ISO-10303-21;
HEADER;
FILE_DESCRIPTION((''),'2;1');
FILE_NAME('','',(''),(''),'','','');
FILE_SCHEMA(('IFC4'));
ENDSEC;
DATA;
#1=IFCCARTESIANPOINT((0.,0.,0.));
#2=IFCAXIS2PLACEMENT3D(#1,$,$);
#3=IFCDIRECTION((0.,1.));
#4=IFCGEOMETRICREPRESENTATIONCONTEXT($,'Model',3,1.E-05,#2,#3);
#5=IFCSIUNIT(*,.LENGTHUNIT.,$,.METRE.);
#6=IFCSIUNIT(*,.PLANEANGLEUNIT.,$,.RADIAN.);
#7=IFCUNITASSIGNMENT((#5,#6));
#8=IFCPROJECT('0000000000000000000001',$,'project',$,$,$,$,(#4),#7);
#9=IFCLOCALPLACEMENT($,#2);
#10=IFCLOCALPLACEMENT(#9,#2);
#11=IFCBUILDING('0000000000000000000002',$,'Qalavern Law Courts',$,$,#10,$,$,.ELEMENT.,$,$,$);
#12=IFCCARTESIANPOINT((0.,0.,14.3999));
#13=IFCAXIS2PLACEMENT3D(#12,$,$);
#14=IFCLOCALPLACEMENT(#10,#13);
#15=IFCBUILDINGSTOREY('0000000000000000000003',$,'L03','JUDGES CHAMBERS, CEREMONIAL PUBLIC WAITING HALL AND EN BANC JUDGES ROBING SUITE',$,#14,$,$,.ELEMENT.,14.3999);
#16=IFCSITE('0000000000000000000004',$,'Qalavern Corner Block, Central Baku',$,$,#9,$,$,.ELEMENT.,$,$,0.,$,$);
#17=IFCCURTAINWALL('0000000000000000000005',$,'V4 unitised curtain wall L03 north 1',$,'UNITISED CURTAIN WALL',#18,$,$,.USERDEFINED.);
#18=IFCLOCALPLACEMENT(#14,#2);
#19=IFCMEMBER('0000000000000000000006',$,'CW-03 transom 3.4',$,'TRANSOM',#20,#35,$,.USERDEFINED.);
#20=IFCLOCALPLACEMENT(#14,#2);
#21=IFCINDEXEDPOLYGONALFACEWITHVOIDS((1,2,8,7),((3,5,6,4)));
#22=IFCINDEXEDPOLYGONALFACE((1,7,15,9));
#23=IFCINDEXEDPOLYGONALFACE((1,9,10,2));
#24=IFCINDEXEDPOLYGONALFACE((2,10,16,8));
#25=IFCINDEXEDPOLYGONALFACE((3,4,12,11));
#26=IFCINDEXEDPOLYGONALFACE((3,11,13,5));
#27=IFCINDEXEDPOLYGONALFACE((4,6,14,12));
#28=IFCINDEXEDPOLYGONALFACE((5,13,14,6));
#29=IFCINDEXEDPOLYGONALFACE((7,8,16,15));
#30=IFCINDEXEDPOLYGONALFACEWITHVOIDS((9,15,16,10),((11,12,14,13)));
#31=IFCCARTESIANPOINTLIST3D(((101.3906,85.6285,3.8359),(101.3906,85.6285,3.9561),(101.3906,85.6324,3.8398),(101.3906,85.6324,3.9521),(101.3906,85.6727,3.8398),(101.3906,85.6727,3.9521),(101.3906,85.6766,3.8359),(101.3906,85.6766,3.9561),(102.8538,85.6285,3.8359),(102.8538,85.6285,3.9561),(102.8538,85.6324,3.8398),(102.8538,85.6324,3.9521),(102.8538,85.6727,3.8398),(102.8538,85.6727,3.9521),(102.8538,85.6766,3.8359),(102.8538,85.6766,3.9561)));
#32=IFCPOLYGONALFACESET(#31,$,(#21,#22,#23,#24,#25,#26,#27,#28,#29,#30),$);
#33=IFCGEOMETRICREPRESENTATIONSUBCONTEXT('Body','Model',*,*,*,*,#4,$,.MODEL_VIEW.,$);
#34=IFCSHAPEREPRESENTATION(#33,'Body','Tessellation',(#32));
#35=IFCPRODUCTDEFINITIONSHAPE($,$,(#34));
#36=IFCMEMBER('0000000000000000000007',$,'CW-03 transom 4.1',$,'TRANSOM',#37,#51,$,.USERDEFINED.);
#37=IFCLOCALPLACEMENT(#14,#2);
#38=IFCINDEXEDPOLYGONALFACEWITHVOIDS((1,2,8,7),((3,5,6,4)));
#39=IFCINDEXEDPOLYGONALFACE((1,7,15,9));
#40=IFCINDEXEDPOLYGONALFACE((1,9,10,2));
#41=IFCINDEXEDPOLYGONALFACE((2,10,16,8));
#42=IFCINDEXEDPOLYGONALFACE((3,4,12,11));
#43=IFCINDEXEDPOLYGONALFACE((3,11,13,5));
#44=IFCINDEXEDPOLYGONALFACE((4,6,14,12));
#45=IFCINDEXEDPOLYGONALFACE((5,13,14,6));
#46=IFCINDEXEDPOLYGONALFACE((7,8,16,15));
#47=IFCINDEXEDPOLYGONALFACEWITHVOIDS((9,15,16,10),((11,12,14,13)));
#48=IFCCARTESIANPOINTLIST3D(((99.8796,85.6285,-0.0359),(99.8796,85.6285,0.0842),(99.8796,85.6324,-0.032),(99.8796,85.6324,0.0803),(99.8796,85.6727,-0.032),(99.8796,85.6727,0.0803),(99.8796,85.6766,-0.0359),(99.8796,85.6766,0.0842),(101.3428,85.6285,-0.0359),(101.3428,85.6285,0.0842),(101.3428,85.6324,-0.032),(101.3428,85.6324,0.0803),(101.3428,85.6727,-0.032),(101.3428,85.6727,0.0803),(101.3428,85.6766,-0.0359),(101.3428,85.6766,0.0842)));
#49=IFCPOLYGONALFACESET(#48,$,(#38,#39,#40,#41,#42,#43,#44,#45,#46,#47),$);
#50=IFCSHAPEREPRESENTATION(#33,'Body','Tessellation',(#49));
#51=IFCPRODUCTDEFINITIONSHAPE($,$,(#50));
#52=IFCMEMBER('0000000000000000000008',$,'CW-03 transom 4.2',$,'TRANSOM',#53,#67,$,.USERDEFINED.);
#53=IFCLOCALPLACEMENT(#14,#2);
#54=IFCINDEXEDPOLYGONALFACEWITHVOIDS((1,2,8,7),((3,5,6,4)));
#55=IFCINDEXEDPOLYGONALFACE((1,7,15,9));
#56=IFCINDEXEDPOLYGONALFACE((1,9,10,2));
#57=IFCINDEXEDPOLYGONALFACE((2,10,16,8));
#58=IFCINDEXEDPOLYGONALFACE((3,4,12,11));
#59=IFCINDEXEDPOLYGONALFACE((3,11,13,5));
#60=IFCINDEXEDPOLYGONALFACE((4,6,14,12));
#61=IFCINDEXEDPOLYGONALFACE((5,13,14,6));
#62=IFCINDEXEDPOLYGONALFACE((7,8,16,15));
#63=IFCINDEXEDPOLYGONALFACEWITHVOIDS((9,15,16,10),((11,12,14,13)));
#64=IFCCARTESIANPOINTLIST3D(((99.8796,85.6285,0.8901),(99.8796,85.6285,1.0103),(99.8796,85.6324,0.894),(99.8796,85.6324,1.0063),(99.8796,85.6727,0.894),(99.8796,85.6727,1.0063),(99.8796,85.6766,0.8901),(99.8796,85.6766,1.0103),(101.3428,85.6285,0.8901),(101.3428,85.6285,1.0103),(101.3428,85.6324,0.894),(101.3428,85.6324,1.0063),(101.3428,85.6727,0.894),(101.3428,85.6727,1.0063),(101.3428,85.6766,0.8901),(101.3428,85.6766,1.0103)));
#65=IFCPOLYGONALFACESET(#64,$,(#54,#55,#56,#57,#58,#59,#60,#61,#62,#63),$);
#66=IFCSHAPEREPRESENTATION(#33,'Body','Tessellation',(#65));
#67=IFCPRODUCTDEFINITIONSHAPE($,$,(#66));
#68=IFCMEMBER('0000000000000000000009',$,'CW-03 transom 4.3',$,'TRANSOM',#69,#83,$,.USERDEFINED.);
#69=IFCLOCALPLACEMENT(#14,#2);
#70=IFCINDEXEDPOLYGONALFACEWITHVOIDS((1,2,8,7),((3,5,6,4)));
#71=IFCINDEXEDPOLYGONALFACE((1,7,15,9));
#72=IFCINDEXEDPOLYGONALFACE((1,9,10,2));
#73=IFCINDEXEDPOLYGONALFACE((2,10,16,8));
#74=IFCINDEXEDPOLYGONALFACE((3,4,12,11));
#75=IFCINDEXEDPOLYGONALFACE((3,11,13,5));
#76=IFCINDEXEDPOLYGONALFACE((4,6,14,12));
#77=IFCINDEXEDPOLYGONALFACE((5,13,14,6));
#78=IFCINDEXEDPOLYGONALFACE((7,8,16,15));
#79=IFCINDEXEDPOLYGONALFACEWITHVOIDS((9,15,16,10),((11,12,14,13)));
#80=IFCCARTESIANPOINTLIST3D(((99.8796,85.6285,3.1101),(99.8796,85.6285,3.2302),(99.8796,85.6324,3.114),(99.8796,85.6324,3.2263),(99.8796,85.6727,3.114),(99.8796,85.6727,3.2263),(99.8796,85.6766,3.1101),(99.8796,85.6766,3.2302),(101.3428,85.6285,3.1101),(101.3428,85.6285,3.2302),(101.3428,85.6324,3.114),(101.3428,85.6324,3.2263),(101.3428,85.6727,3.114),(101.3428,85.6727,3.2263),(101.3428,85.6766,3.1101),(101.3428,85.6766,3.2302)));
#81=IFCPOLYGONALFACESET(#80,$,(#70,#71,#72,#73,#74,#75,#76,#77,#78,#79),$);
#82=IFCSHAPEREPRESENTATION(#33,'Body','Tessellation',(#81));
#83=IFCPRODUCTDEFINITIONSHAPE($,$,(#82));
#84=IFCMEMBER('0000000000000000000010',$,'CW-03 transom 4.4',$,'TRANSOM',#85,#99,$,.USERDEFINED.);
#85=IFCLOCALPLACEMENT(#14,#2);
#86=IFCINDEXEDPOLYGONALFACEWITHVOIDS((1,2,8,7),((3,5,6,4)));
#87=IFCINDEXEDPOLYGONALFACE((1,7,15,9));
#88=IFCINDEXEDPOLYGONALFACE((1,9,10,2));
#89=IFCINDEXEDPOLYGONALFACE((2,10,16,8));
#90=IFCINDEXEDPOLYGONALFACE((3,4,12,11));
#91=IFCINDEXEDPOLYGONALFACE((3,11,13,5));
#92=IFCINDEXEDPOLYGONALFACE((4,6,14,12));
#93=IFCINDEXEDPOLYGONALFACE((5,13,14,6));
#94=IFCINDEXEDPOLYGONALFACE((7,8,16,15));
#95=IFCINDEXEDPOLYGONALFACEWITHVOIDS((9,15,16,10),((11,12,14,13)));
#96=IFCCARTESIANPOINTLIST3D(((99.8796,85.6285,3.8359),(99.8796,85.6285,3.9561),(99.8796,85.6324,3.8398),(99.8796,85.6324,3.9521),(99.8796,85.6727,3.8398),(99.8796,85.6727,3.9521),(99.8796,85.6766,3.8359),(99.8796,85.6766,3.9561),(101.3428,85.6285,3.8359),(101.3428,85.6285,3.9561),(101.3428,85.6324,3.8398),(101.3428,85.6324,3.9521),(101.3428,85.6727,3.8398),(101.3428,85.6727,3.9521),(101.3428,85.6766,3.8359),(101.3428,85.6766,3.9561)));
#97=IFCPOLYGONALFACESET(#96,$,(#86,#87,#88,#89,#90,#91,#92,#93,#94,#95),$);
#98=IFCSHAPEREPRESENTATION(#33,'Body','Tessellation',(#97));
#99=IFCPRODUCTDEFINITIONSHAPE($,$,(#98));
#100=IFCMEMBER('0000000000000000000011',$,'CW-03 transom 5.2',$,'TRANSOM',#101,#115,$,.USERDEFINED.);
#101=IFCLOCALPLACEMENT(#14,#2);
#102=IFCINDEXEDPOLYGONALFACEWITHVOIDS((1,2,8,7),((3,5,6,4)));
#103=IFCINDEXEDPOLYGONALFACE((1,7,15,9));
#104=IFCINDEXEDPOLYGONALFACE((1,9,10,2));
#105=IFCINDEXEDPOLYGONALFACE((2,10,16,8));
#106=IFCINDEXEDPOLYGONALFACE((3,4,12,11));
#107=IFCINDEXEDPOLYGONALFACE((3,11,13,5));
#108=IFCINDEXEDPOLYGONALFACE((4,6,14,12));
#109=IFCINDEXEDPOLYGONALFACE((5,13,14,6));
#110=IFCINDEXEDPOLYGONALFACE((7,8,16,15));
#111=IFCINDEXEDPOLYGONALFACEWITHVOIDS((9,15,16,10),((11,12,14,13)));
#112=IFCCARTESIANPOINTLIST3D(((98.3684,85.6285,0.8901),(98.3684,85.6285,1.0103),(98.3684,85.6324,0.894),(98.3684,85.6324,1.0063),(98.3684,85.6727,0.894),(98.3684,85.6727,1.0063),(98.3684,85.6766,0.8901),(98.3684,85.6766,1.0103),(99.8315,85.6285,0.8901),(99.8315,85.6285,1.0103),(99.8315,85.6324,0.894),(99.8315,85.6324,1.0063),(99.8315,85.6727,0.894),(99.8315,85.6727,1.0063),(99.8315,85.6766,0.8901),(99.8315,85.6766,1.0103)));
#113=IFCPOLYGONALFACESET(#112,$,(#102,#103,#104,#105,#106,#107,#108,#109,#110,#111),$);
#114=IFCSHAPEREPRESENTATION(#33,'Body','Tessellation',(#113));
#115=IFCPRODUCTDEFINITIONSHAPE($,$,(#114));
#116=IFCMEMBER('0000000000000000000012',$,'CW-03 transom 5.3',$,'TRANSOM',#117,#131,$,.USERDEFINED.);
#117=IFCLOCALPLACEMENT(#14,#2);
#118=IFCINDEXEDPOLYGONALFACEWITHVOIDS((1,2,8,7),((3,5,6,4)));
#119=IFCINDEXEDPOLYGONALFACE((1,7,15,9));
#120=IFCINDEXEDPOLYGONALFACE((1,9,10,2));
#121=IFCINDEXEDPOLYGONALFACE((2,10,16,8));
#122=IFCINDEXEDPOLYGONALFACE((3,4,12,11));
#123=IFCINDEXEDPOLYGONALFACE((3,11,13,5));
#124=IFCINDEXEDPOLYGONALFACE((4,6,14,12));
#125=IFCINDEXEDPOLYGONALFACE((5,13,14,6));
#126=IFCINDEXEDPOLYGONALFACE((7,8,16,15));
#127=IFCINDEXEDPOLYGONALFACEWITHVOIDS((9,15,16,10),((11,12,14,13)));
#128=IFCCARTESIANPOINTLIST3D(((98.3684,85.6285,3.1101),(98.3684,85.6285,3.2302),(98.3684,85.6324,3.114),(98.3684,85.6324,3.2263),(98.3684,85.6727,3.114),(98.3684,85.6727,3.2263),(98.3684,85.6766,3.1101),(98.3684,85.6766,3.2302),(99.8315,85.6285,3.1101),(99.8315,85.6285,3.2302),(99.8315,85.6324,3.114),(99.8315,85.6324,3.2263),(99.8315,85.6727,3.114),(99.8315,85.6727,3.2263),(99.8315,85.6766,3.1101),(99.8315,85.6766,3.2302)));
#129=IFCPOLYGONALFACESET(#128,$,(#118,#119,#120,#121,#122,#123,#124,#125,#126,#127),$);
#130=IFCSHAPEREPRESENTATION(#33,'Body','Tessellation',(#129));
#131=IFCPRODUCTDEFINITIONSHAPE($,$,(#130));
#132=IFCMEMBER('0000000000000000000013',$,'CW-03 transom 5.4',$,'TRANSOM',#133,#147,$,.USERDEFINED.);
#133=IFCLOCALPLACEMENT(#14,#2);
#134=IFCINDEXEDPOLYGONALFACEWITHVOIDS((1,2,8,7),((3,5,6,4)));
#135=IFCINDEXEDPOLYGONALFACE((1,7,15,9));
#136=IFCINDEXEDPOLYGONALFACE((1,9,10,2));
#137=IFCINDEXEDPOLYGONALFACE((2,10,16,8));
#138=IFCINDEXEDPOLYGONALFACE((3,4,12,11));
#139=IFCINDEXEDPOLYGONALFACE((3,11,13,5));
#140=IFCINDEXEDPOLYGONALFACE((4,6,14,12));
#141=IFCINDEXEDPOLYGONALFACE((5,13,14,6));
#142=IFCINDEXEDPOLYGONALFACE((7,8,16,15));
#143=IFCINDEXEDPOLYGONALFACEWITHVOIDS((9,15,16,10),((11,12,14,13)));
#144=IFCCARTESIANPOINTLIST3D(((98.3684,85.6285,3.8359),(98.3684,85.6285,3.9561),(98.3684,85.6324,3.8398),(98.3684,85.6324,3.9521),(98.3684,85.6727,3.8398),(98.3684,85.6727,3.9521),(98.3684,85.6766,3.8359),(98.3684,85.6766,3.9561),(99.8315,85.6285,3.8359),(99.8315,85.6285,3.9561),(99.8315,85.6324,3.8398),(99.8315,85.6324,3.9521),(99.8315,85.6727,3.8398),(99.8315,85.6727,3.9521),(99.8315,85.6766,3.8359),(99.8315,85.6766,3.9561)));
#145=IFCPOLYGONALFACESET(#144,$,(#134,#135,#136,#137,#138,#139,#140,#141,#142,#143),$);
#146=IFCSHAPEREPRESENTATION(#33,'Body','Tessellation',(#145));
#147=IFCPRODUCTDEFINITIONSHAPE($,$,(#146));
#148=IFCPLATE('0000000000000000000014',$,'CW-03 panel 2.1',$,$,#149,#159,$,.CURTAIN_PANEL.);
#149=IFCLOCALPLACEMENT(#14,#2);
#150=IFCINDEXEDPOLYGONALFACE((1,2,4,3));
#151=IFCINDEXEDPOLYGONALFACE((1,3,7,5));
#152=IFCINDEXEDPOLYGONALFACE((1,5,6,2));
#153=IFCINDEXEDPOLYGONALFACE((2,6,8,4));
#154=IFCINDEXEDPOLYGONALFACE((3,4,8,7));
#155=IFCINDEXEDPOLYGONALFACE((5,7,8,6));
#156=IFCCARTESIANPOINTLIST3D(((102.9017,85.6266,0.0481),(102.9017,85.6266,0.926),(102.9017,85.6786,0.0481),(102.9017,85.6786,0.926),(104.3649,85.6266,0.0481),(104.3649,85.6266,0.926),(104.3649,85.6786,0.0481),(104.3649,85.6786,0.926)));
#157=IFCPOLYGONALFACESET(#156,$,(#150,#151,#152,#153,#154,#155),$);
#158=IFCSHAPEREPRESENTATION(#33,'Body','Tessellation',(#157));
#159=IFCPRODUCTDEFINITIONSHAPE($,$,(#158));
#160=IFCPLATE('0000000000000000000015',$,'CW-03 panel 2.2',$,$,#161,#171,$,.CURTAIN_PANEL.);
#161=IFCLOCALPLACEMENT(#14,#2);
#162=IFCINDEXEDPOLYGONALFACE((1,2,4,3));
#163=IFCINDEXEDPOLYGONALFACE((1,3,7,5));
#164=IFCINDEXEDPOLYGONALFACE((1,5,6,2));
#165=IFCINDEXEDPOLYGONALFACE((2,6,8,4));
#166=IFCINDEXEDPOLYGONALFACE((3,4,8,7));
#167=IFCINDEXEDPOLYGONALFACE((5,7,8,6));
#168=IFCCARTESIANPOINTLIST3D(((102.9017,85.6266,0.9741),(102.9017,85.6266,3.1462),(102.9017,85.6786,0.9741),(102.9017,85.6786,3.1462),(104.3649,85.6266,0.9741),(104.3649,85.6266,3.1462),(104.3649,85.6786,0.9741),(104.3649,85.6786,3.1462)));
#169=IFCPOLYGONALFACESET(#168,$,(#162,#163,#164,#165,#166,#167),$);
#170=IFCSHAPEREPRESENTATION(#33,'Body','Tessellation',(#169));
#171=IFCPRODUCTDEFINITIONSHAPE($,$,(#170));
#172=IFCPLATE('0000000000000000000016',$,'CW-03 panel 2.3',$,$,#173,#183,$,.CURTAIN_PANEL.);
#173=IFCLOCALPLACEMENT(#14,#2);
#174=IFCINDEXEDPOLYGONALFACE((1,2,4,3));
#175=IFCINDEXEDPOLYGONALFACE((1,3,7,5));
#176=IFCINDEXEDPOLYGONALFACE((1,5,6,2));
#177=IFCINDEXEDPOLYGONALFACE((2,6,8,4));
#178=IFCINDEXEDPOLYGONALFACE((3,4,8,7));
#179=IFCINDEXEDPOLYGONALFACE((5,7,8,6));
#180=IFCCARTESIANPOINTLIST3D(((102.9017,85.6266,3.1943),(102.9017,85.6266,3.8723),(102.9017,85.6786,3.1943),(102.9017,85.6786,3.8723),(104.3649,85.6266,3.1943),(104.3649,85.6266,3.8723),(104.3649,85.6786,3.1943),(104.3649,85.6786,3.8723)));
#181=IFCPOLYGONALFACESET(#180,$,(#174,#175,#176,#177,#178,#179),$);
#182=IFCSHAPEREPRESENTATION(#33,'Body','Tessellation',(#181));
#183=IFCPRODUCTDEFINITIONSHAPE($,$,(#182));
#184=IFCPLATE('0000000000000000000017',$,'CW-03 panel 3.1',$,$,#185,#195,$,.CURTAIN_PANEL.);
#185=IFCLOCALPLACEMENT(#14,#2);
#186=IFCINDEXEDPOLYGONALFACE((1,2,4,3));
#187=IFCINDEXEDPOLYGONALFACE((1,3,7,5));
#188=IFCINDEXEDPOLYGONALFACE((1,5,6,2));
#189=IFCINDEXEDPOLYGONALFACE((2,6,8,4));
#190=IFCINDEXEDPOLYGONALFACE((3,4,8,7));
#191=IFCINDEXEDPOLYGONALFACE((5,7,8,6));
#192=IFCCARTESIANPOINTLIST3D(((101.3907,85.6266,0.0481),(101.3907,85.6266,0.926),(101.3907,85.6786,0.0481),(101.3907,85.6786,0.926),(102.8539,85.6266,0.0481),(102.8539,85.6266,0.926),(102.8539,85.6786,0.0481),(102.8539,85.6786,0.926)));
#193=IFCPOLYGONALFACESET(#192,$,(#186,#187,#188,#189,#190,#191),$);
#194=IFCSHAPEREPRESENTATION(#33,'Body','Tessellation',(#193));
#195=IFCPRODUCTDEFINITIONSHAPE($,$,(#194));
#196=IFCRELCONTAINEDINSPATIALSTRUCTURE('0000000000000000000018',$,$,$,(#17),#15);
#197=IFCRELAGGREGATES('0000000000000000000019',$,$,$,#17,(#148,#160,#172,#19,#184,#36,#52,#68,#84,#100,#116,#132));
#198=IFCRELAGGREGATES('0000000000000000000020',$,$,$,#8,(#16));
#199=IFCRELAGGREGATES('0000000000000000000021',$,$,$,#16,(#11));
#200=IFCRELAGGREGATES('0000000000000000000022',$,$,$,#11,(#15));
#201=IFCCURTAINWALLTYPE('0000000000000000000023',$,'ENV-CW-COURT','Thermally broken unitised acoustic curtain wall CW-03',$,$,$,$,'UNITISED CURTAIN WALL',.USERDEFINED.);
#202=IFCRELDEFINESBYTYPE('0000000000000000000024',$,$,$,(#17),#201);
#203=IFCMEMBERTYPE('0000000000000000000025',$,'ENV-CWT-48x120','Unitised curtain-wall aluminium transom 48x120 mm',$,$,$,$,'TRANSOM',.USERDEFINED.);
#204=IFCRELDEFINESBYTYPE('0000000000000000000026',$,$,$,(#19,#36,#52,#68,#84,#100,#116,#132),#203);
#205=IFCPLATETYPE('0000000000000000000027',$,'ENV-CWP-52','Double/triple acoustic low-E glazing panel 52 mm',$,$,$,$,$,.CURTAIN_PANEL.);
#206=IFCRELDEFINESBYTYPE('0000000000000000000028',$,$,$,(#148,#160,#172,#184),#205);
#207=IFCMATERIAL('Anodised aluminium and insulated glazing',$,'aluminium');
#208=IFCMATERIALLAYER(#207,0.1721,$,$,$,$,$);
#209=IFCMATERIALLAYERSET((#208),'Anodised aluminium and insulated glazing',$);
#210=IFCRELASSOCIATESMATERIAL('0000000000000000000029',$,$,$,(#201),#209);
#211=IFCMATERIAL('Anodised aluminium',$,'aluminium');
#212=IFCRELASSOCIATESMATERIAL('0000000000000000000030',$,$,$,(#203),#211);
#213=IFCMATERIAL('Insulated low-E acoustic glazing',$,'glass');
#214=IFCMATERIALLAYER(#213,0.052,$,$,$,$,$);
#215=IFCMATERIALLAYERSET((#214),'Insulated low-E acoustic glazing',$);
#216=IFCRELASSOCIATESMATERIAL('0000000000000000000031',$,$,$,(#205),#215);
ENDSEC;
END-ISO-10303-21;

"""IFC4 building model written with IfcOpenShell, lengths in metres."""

from ifc_helpers import new_model, si_unit, direction, frame, origin, origin_2d, place, context, subcontext, project, spatial, rectangle, hollow_rectangle, extrude, material, layer, layer_set, material_profile, profile_set, type_object, element, aggregate, save


model = new_model("IFC4")

# Units and contexts
model_context = context("Model", 3, precision=1e-05, world=origin(), true_north=direction((0.0, 1.0)))
body_context = subcontext(model_context, "Body", "Model", "MODEL_VIEW")
ifc_project = project(units=[si_unit("LENGTHUNIT", "METRE"), si_unit("PLANEANGLEUNIT", "RADIAN")], contexts=[model_context])

# Site, building, storey
site_placement = place(None, origin())
site = spatial("IfcSite", under=ifc_project, at=site_placement, Name="Qalavern Corner Block, Central Baku", CompositionType="ELEMENT", RefElevation=0.0)
building_placement = place(site_placement, origin())
building = spatial("IfcBuilding", under=site, at=building_placement, Name="Qalavern Law Courts", CompositionType="ELEMENT")
storey_placement = place(building_placement, frame((0.0, 0.0, 14.3999)))
storey = spatial("IfcBuildingStorey", under=building, at=storey_placement, Name="L03", Description="JUDGES CHAMBERS, CEREMONIAL PUBLIC WAITING HALL AND EN BANC JUDGES ROBING SUITE", CompositionType="ELEMENT", Elevation=14.3999)

# Curtain wall, members, plates
ifc_material_1 = material(Name="Anodised aluminium and insulated glazing", Category="aluminium")
ifc_layer_1 = layer(ifc_material_1, 0.1721)
ifc_layer_set_1 = layer_set([ifc_layer_1], Name="Anodised aluminium and insulated glazing")
curtain_wall_type = type_object("IfcCurtainWallType", Name="ENV-CW-COURT", Description="Thermally broken unitised acoustic curtain wall CW-03", ElementType="UNITISED CURTAIN WALL", PredefinedType="USERDEFINED", material=ifc_layer_set_1)
curtain_wall_placement = place(storey_placement, origin())
curtain_wall = element("IfcCurtainWall", 1, at=curtain_wall_placement, inside=storey, type_object=curtain_wall_type, Name="V4 unitised curtain wall L03 north 1", ObjectType="UNITISED CURTAIN WALL", PredefinedType="USERDEFINED")
ifc_material_2 = material(Name="Anodised aluminium", Category="aluminium")
ifc_material_profile_1 = material_profile(ifc_material_2, hollow_rectangle(XDim=0.0481, YDim=0.1201, WallThickness=0.0039, at=origin_2d()), Name="ALU TRANSOM 48x120")
ifc_profile_set_1 = profile_set([ifc_material_profile_1], Name="Anodised aluminium")
member_type_1 = type_object("IfcMemberType", Name="ENV-CWT-48x120", Description="Unitised curtain-wall aluminium transom 48x120 mm", ElementType="TRANSOM", PredefinedType="USERDEFINED", material=ifc_profile_set_1)
member_1_placement = place(storey_placement, frame((102.8538, 85.6526, 3.896), z_axis=(-1.0, 0.0, 0.0), x_axis=(0.0, -1.0, 0.0)))
member_1 = element("IfcMember", 2, at=member_1_placement, type_object=member_type_1, Name="CW-03 transom 3.4", ObjectType="TRANSOM", PredefinedType="USERDEFINED", context=body_context, shape_type="SweptSolid", body=[
    extrude(hollow_rectangle(XDim=0.0481, YDim=0.1201, WallThickness=0.0039, at=origin_2d()), origin(), (0.0, 0.0, 1.0), 1.4631),
])
member_2_placement = place(storey_placement, frame((101.3428, 85.6526, 0.0242), z_axis=(-1.0, 0.0, 0.0), x_axis=(0.0, -1.0, 0.0)))
member_2 = element("IfcMember", 3, at=member_2_placement, type_object=member_type_1, Name="CW-03 transom 4.1", ObjectType="TRANSOM", PredefinedType="USERDEFINED", context=body_context, shape_type="SweptSolid", body=[
    extrude(hollow_rectangle(XDim=0.0481, YDim=0.1201, WallThickness=0.0039, at=origin_2d()), origin(), (0.0, 0.0, 1.0), 1.4631),
])
member_3_placement = place(storey_placement, frame((101.3428, 85.6526, 0.9502), z_axis=(-1.0, 0.0, 0.0), x_axis=(0.0, -1.0, 0.0)))
member_3 = element("IfcMember", 4, at=member_3_placement, type_object=member_type_1, Name="CW-03 transom 4.2", ObjectType="TRANSOM", PredefinedType="USERDEFINED", context=body_context, shape_type="SweptSolid", body=[
    extrude(hollow_rectangle(XDim=0.0481, YDim=0.1201, WallThickness=0.0039, at=origin_2d()), origin(), (0.0, 0.0, 1.0), 1.4631),
])
member_4_placement = place(storey_placement, frame((101.3428, 85.6526, 3.1702), z_axis=(-1.0, 0.0, 0.0), x_axis=(0.0, -1.0, 0.0)))
member_4 = element("IfcMember", 5, at=member_4_placement, type_object=member_type_1, Name="CW-03 transom 4.3", ObjectType="TRANSOM", PredefinedType="USERDEFINED", context=body_context, shape_type="SweptSolid", body=[
    extrude(hollow_rectangle(XDim=0.0481, YDim=0.1201, WallThickness=0.0039, at=origin_2d()), origin(), (0.0, 0.0, 1.0), 1.4631),
])
member_5_placement = place(storey_placement, frame((101.3428, 85.6526, 3.896), z_axis=(-1.0, 0.0, 0.0), x_axis=(0.0, -1.0, 0.0)))
member_5 = element("IfcMember", 6, at=member_5_placement, type_object=member_type_1, Name="CW-03 transom 4.4", ObjectType="TRANSOM", PredefinedType="USERDEFINED", context=body_context, shape_type="SweptSolid", body=[
    extrude(hollow_rectangle(XDim=0.0481, YDim=0.1201, WallThickness=0.0039, at=origin_2d()), origin(), (0.0, 0.0, 1.0), 1.4631),
])
member_6_placement = place(storey_placement, frame((99.8315, 85.6526, 0.9502), z_axis=(-1.0, 0.0, 0.0), x_axis=(0.0, -1.0, 0.0)))
member_6 = element("IfcMember", 7, at=member_6_placement, type_object=member_type_1, Name="CW-03 transom 5.2", ObjectType="TRANSOM", PredefinedType="USERDEFINED", context=body_context, shape_type="SweptSolid", body=[
    extrude(hollow_rectangle(XDim=0.0481, YDim=0.1201, WallThickness=0.0039, at=origin_2d()), origin(), (0.0, 0.0, 1.0), 1.4631),
])
member_7_placement = place(storey_placement, frame((99.8315, 85.6526, 3.1702), z_axis=(-1.0, 0.0, 0.0), x_axis=(0.0, -1.0, 0.0)))
member_7 = element("IfcMember", 8, at=member_7_placement, type_object=member_type_1, Name="CW-03 transom 5.3", ObjectType="TRANSOM", PredefinedType="USERDEFINED", context=body_context, shape_type="SweptSolid", body=[
    extrude(hollow_rectangle(XDim=0.0481, YDim=0.1201, WallThickness=0.0039, at=origin_2d()), origin(), (0.0, 0.0, 1.0), 1.4631),
])
member_8_placement = place(storey_placement, frame((99.8315, 85.6526, 3.896), z_axis=(-1.0, 0.0, 0.0), x_axis=(0.0, -1.0, 0.0)))
member_8 = element("IfcMember", 9, at=member_8_placement, type_object=member_type_1, Name="CW-03 transom 5.4", ObjectType="TRANSOM", PredefinedType="USERDEFINED", context=body_context, shape_type="SweptSolid", body=[
    extrude(hollow_rectangle(XDim=0.0481, YDim=0.1201, WallThickness=0.0039, at=origin_2d()), origin(), (0.0, 0.0, 1.0), 1.4631),
])
ifc_material_3 = material(Name="Insulated low-E acoustic glazing", Category="glass")
ifc_layer_2 = layer(ifc_material_3, 0.052)
ifc_layer_set_2 = layer_set([ifc_layer_2], Name="Insulated low-E acoustic glazing")
plate_type = type_object("IfcPlateType", Name="ENV-CWP-52", Description="Double/triple acoustic low-E glazing panel 52 mm", PredefinedType="CURTAIN_PANEL", material=ifc_layer_set_2)
plate_1_placement = place(storey_placement, frame((103.6333, 85.6526, 0.0481), z_axis=(0.0, 0.0, 1.0), x_axis=(-1.0, 0.0, 0.0)))
plate_1 = element("IfcPlate", 10, at=plate_1_placement, type_object=plate_type, Name="CW-03 panel 2.1", PredefinedType="CURTAIN_PANEL", context=body_context, shape_type="SweptSolid", body=[
    extrude(rectangle(XDim=1.4631, YDim=0.052, at=origin_2d()), origin(), (0.0, 0.0, 1.0), 0.8779),
])
plate_2_placement = place(storey_placement, frame((103.6333, 85.6526, 0.9741), z_axis=(0.0, 0.0, 1.0), x_axis=(-1.0, 0.0, 0.0)))
plate_2 = element("IfcPlate", 11, at=plate_2_placement, type_object=plate_type, Name="CW-03 panel 2.2", PredefinedType="CURTAIN_PANEL", context=body_context, shape_type="SweptSolid", body=[
    extrude(rectangle(XDim=1.4631, YDim=0.052, at=origin_2d()), origin(), (0.0, 0.0, 1.0), 2.1721),
])
plate_3_placement = place(storey_placement, frame((103.6333, 85.6526, 3.1943), z_axis=(0.0, 0.0, 1.0), x_axis=(-1.0, 0.0, 0.0)))
plate_3 = element("IfcPlate", 12, at=plate_3_placement, type_object=plate_type, Name="CW-03 panel 2.3", PredefinedType="CURTAIN_PANEL", context=body_context, shape_type="SweptSolid", body=[
    extrude(rectangle(XDim=1.4631, YDim=0.052, at=origin_2d()), origin(), (0.0, 0.0, 1.0), 0.678),
])
plate_4_placement = place(storey_placement, frame((102.1223, 85.6526, 0.0481), z_axis=(0.0, 0.0, 1.0), x_axis=(-1.0, 0.0, 0.0)))
plate_4 = element("IfcPlate", 13, at=plate_4_placement, type_object=plate_type, Name="CW-03 panel 3.1", PredefinedType="CURTAIN_PANEL", context=body_context, shape_type="SweptSolid", body=[
    extrude(rectangle(XDim=1.4631, YDim=0.052, at=origin_2d()), origin(), (0.0, 0.0, 1.0), 0.8779),
])
aggregate(curtain_wall, [plate_1, plate_2, plate_3, member_1, plate_4, member_2, member_3, member_4, member_5, member_6, member_7, member_8])

save(model, "model.ifc")
